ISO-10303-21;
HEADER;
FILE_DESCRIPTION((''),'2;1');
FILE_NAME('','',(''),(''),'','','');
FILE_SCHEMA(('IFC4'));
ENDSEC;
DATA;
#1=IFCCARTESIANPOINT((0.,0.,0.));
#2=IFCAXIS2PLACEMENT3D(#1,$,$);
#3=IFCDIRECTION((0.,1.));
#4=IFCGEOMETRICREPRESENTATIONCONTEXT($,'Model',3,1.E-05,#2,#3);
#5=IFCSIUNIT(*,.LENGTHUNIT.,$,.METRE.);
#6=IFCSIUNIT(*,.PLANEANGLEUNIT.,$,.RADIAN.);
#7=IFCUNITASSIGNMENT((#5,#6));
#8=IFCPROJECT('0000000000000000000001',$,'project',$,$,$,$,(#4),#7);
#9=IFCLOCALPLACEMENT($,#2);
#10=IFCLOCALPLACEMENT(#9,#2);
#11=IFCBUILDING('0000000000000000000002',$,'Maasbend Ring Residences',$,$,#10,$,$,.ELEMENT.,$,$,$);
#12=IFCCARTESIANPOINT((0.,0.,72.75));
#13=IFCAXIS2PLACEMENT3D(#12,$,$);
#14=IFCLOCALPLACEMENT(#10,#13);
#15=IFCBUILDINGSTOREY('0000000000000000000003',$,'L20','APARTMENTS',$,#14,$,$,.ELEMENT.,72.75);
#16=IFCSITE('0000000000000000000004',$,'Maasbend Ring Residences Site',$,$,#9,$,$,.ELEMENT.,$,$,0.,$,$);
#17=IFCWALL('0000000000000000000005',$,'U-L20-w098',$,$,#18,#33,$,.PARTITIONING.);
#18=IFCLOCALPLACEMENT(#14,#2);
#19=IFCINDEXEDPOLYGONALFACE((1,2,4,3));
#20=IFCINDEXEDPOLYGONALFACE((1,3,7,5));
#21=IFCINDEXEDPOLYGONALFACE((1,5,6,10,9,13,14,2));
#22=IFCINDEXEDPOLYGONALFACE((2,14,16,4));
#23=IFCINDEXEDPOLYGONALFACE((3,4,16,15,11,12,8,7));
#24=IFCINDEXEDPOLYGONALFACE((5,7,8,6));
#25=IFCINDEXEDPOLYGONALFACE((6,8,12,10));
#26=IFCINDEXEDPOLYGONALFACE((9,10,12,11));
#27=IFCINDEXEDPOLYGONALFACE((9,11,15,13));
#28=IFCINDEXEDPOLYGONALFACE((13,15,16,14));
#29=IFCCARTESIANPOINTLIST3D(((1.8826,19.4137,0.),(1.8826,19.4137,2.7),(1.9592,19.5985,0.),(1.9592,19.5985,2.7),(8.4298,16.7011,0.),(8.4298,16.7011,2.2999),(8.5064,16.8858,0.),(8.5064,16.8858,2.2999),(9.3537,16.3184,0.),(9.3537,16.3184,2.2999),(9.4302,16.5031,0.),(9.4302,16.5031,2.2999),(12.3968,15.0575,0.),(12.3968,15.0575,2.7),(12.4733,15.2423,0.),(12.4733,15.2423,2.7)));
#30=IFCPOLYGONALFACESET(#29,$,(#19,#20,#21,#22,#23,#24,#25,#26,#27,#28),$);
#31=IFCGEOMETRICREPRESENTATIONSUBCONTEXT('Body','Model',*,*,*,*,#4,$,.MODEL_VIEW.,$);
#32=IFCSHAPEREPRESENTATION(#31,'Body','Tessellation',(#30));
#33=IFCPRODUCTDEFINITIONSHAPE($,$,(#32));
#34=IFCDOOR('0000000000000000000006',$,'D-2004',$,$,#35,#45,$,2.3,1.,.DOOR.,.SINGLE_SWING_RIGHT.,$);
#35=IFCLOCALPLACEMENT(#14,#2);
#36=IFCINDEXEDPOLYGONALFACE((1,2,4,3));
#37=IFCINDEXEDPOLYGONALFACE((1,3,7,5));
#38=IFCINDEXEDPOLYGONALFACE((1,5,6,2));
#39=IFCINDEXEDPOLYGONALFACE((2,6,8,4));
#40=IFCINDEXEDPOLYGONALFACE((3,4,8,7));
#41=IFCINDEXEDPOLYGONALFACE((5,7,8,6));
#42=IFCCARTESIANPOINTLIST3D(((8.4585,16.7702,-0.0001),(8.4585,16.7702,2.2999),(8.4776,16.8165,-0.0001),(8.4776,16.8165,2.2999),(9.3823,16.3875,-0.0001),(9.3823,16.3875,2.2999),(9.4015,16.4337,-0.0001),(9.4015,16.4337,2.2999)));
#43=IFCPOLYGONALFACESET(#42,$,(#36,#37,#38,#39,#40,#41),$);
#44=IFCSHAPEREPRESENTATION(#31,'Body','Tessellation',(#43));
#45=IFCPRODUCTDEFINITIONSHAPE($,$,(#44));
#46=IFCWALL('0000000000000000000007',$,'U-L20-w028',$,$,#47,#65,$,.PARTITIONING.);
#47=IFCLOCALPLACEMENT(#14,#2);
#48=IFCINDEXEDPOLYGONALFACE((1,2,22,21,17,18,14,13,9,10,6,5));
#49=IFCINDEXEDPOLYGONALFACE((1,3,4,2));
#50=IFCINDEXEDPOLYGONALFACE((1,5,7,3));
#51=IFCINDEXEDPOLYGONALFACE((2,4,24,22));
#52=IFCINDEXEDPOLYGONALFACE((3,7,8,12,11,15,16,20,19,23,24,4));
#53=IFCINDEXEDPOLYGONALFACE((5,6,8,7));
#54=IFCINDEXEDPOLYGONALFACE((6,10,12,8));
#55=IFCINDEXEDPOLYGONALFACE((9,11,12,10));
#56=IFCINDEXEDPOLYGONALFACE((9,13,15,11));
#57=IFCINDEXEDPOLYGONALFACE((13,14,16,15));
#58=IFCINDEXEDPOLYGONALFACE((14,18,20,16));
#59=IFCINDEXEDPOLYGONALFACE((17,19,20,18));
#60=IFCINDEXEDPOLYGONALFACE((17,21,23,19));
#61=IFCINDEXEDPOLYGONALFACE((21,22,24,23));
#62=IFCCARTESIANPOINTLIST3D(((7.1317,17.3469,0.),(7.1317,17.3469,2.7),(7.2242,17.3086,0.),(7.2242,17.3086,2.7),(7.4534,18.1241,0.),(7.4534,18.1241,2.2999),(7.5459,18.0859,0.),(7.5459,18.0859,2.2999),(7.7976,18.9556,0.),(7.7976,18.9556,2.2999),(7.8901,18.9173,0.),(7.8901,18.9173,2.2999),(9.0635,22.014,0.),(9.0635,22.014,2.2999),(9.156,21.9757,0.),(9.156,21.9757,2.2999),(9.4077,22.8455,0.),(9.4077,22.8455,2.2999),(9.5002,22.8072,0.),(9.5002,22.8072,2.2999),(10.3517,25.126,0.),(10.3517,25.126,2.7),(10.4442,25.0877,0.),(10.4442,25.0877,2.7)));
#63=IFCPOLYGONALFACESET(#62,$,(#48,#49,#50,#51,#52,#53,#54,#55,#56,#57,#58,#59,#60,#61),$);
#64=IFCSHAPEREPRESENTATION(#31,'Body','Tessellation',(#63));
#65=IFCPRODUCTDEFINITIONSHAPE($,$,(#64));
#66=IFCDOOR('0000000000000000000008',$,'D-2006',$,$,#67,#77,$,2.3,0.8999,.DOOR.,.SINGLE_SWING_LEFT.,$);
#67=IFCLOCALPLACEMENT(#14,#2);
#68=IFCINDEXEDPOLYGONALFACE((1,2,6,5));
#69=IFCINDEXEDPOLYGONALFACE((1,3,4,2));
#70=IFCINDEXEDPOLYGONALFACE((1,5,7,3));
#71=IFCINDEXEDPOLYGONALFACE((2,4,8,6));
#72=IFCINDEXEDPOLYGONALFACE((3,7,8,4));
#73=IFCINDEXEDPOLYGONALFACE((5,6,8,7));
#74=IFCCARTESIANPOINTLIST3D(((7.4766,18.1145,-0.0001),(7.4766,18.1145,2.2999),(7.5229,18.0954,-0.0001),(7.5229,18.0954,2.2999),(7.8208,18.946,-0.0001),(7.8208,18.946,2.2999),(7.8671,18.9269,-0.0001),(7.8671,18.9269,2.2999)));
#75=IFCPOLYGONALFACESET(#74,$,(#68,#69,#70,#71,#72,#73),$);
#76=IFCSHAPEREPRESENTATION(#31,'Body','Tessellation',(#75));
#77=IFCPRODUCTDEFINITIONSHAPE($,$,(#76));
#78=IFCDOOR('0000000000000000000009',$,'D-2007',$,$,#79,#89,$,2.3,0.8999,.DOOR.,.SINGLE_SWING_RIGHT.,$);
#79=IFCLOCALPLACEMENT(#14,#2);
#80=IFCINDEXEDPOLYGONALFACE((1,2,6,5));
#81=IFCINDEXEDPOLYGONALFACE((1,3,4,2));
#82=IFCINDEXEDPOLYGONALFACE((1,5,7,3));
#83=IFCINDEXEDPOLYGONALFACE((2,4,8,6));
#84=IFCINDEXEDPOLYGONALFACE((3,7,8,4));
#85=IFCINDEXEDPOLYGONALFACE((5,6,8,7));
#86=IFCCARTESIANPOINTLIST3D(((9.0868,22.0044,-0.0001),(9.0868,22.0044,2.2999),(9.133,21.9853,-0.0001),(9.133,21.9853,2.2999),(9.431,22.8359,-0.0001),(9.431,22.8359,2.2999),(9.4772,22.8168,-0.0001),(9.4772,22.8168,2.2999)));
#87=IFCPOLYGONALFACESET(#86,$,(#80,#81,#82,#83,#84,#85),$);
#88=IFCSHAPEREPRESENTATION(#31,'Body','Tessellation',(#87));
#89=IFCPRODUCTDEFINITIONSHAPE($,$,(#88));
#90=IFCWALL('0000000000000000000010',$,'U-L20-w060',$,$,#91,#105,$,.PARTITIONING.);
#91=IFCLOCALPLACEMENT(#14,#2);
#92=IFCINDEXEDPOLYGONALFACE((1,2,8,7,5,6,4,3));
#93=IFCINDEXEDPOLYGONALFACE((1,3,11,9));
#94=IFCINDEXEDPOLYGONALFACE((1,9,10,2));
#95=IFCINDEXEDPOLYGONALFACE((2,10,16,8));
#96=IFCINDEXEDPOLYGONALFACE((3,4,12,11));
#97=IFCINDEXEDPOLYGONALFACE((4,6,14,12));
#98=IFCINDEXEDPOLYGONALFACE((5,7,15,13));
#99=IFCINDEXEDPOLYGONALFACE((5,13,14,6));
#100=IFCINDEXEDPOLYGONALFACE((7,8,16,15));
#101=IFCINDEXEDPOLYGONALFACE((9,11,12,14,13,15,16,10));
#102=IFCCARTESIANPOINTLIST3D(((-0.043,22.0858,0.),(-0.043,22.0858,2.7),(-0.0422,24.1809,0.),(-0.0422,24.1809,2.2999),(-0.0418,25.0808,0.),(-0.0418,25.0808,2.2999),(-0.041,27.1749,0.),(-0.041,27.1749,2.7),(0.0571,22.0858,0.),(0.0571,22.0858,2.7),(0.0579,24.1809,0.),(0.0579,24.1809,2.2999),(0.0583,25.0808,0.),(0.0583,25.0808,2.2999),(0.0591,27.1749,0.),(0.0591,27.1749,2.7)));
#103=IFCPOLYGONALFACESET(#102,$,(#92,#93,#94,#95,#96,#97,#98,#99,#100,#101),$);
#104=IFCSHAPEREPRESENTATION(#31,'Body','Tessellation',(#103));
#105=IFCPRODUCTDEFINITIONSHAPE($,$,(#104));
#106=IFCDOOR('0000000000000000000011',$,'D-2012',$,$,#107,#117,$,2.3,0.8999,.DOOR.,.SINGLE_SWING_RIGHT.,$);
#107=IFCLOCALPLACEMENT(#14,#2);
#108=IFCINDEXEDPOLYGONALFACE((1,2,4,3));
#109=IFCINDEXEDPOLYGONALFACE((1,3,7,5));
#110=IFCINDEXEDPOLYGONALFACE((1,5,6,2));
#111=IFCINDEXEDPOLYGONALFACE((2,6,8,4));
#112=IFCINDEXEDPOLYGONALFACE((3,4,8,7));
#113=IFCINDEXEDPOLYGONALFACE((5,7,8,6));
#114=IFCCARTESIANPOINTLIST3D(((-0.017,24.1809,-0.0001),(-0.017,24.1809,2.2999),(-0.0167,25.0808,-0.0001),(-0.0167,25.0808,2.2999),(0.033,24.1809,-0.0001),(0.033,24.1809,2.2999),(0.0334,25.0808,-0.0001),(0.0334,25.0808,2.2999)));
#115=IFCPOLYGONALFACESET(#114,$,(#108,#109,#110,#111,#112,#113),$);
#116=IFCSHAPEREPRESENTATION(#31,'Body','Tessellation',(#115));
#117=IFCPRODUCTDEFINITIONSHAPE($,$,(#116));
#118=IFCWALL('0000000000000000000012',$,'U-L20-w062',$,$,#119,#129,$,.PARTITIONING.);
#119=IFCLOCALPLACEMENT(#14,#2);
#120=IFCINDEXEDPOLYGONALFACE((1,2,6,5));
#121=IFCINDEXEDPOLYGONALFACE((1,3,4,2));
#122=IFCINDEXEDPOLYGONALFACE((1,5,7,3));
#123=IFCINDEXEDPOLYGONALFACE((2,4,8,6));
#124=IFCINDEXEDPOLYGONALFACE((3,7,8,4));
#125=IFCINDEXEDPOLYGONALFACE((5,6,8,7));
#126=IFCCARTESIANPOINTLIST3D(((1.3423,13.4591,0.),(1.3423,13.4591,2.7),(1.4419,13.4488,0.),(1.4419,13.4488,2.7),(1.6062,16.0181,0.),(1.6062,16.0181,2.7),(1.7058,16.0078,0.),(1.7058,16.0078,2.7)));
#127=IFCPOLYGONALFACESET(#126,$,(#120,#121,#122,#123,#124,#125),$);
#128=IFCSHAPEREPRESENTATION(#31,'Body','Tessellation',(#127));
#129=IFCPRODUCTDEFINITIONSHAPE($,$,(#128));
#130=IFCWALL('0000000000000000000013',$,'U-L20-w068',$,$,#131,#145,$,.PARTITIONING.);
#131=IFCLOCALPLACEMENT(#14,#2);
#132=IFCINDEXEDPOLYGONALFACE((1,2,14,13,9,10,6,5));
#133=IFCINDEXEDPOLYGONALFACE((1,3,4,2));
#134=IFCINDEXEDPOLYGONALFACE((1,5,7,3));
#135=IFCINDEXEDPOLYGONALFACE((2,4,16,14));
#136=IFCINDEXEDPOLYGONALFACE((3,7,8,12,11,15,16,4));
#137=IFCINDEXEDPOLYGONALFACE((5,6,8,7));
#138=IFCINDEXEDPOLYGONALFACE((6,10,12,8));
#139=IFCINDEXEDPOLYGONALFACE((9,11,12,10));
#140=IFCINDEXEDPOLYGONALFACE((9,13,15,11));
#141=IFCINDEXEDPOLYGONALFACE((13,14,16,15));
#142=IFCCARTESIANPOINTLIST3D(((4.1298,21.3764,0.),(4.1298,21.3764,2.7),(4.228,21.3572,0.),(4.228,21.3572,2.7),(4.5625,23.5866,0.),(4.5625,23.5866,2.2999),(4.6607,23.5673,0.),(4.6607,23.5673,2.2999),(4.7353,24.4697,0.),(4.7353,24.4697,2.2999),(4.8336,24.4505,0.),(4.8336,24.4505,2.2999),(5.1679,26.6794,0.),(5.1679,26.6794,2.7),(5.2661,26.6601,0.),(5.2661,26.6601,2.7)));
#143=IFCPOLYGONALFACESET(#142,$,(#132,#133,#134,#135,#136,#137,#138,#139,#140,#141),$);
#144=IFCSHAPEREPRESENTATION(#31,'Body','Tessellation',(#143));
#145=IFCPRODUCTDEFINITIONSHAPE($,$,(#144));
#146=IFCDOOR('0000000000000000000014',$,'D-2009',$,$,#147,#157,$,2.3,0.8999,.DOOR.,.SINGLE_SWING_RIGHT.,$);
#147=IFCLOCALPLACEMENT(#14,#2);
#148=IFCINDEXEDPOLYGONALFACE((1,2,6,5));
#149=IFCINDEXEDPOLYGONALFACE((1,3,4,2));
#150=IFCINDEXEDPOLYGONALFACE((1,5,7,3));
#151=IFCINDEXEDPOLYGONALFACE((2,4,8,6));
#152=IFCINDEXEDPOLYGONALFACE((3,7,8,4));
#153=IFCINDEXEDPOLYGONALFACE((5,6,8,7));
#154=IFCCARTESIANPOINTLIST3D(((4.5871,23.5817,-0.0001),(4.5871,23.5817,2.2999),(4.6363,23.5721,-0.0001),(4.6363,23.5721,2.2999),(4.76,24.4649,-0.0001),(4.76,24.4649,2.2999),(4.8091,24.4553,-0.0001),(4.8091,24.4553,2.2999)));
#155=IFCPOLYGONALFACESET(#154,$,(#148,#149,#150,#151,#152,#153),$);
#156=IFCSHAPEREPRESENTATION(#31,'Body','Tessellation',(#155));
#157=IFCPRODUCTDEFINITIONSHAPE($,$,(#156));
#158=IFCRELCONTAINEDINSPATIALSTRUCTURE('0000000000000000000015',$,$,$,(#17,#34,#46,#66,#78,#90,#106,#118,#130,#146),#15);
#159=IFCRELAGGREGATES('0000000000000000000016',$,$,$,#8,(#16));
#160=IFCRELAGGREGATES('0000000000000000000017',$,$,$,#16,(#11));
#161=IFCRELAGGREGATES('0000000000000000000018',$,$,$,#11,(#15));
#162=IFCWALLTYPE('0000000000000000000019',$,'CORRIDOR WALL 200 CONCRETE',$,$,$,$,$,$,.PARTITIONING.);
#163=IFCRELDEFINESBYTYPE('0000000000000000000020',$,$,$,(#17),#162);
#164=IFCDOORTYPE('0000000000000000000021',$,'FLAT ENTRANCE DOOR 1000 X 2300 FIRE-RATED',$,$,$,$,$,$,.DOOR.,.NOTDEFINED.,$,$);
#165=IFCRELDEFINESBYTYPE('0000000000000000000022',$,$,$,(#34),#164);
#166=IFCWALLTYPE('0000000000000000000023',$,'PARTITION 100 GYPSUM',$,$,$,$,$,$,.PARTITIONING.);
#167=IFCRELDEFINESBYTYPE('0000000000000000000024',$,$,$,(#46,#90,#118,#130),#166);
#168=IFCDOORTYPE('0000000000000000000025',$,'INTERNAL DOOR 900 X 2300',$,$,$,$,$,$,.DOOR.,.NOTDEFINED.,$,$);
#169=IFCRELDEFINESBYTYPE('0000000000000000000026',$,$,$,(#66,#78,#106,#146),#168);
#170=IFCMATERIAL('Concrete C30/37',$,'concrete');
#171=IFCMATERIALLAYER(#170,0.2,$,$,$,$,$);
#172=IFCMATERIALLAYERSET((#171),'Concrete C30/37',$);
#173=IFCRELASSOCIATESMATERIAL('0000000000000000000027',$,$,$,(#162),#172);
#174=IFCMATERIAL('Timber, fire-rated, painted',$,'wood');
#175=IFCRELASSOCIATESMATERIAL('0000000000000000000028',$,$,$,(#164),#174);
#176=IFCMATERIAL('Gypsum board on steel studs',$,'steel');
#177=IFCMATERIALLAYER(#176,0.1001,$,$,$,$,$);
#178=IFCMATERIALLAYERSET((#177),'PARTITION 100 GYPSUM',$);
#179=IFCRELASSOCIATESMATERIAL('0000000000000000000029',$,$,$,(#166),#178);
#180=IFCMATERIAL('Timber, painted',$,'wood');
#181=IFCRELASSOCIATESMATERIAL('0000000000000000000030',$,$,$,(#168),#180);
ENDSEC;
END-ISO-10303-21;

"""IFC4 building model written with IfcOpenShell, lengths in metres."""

from ifc_helpers import new_model, si_unit, direction, frame, frame_2d, origin, place, context, subcontext, project, spatial, rectangle, extrude, material, layer, layer_set, type_object, element, fill, save


model = new_model("IFC4")

# Units and contexts
model_context = context("Model", 3, precision=1e-05, world=origin(), true_north=direction((0.0, 1.0)))
body_context = subcontext(model_context, "Body", "Model", "MODEL_VIEW")
ifc_project = project(units=[si_unit("LENGTHUNIT", "METRE"), si_unit("PLANEANGLEUNIT", "RADIAN")], contexts=[model_context])

# Site, building, storey
site_placement = place(None, origin())
site = spatial("IfcSite", under=ifc_project, at=site_placement, Name="Maasbend Ring Residences Site", CompositionType="ELEMENT", RefElevation=0.0)
building_placement = place(site_placement, origin())
building = spatial("IfcBuilding", under=site, at=building_placement, Name="Maasbend Ring Residences", CompositionType="ELEMENT")
storey_placement = place(building_placement, frame((0.0, 0.0, 72.75)))
storey = spatial("IfcBuildingStorey", under=building, at=storey_placement, Name="L20", Description="APARTMENTS", CompositionType="ELEMENT", Elevation=72.75)

# Wall, opening, door
ifc_material_1 = material(Name="Concrete C30/37", Category="concrete")
ifc_layer_1 = layer(ifc_material_1, 0.2)
ifc_layer_set_1 = layer_set([ifc_layer_1], Name="Concrete C30/37")
wall_type_1 = type_object("IfcWallType", Name="CORRIDOR WALL 200 CONCRETE", PredefinedType="PARTITIONING", material=ifc_layer_set_1)
ifc_material_2 = material(Name="Timber, fire-rated, painted", Category="wood")
door_type_1 = type_object("IfcDoorType", Name="FLAT ENTRANCE DOOR 1000 X 2300 FIRE-RATED", OperationType="NOTDEFINED", PredefinedType="DOOR", material=ifc_material_2)
wall_1_placement = place(storey_placement, frame((1.9209, 19.5061, 0.0), z_axis=(0.0, 0.0, 1.0), x_axis=(0.923846, -0.382765, 0.0)))
wall_1 = element("IfcWall", 1, at=wall_1_placement, inside=storey, type_object=wall_type_1, Name="U-L20-w098", PredefinedType="PARTITIONING", context=body_context, shape_type="SweptSolid", body=[
    extrude(rectangle(XDim=11.3809, YDim=0.2, at=frame_2d((5.6904, 0.0))), origin(), (0.0, 0.0, 1.0), 2.7),
])
opening_1_placement = place(wall_1_placement, frame((7.0869, 0.0, 0.0)))
opening_1 = element("IfcOpeningElement", 2, at=opening_1_placement, cuts=wall_1, PredefinedType="OPENING", context=body_context, shape_type="SweptSolid", body=[
    extrude(rectangle(XDim=1.0, YDim=2.3, at=frame_2d((0.5, 1.1499))), frame((0.0, 0.1099, 0.0), z_axis=(0.0, -1.0, 0.0), x_axis=(1.0, 0.0, 0.0)), (0.0, 0.0, 1.0), 0.22),
])
door_1_placement = place(opening_1_placement, origin())
door_1 = element("IfcDoor", 3, at=door_1_placement, inside=storey, type_object=door_type_1, Name="D-2004", OperationType="SINGLE_SWING_RIGHT", OverallHeight=2.3, OverallWidth=1.0, PredefinedType="DOOR", context=body_context, shape_type="SweptSolid", body=[
    extrude(rectangle(XDim=1.0, YDim=2.3, at=frame_2d((0.5, 1.1499))), frame((0.0, 0.0249, 0.0), z_axis=(0.0, -1.0, 0.0), x_axis=(1.0, 0.0, 0.0)), (0.0, 0.0, 1.0), 0.05),
])
fill(opening_1, door_1)

# Wall, openings, doors
ifc_material_3 = material(Name="Gypsum board on steel studs", Category="steel")
ifc_layer_2 = layer(ifc_material_3, 0.1001)
ifc_layer_set_2 = layer_set([ifc_layer_2], Name="PARTITION 100 GYPSUM")
wall_type_2 = type_object("IfcWallType", Name="PARTITION 100 GYPSUM", PredefinedType="PARTITIONING", material=ifc_layer_set_2)
wall_2_placement = place(storey_placement, frame((7.178, 17.3279, 0.0), z_axis=(0.0, 0.0, 1.0), x_axis=(0.382459, 0.923973, 0.0)))
wall_2 = element("IfcWall", 4, at=wall_2_placement, inside=storey, type_object=wall_type_2, Name="U-L20-w028", PredefinedType="PARTITIONING", context=body_context, shape_type="SweptSolid", body=[
    extrude(rectangle(XDim=8.4192, YDim=0.1001, at=frame_2d((4.2095, 0.0))), origin(), (0.0, 0.0, 1.0), 2.7),
])
opening_2_placement = place(wall_2_placement, frame((0.8411, 0.0, 0.0)))
opening_2 = element("IfcOpeningElement", 5, at=opening_2_placement, cuts=wall_2, PredefinedType="OPENING", context=body_context, shape_type="SweptSolid", body=[
    extrude(rectangle(XDim=0.8999, YDim=2.3, at=frame_2d((0.45, 1.1499))), frame((0.0, 0.0601, 0.0), z_axis=(0.0, -1.0, 0.0), x_axis=(1.0, 0.0, 0.0)), (0.0, 0.0, 1.0), 0.1201),
])
opening_3_placement = place(wall_2_placement, frame((5.051, 0.0, 0.0)))
opening_3 = element("IfcOpeningElement", 6, at=opening_3_placement, cuts=wall_2, PredefinedType="OPENING", context=body_context, shape_type="SweptSolid", body=[
    extrude(rectangle(XDim=0.8999, YDim=2.3, at=frame_2d((0.45, 1.1499))), frame((0.0, 0.0601, 0.0), z_axis=(0.0, -1.0, 0.0), x_axis=(1.0, 0.0, 0.0)), (0.0, 0.0, 1.0), 0.1201),
])
ifc_material_4 = material(Name="Timber, painted", Category="wood")
door_type_2 = type_object("IfcDoorType", Name="INTERNAL DOOR 900 X 2300", OperationType="NOTDEFINED", PredefinedType="DOOR", material=ifc_material_4)
door_2_placement = place(opening_2_placement, origin())
door_2 = element("IfcDoor", 7, at=door_2_placement, inside=storey, type_object=door_type_2, Name="D-2006", OperationType="SINGLE_SWING_LEFT", OverallHeight=2.3, OverallWidth=0.8999, PredefinedType="DOOR", context=body_context, shape_type="SweptSolid", body=[
    extrude(rectangle(XDim=0.8999, YDim=2.3, at=frame_2d((0.45, 1.1499))), frame((0.0, 0.0249, 0.0), z_axis=(0.0, -1.0, 0.0), x_axis=(1.0, 0.0, 0.0)), (0.0, 0.0, 1.0), 0.05),
])
fill(opening_2, door_2)
door_3_placement = place(opening_3_placement, origin())
door_3 = element("IfcDoor", 8, at=door_3_placement, inside=storey, type_object=door_type_2, Name="D-2007", OperationType="SINGLE_SWING_RIGHT", OverallHeight=2.3, OverallWidth=0.8999, PredefinedType="DOOR", context=body_context, shape_type="SweptSolid", body=[
    extrude(rectangle(XDim=0.8999, YDim=2.3, at=frame_2d((0.45, 1.1499))), frame((0.0, 0.0249, 0.0), z_axis=(0.0, -1.0, 0.0), x_axis=(1.0, 0.0, 0.0)), (0.0, 0.0, 1.0), 0.05),
])
fill(opening_3, door_3)

# Wall, opening, door
wall_3_placement = place(storey_placement, frame((0.0071, 22.0859, 0.0), z_axis=(0.0, 0.0, 1.0), x_axis=(0.000384, 1.0, 0.0)))
wall_3 = element("IfcWall", 9, at=wall_3_placement, inside=storey, type_object=wall_type_2, Name="U-L20-w060", PredefinedType="PARTITIONING", context=body_context, shape_type="SweptSolid", body=[
    extrude(rectangle(XDim=5.0891, YDim=0.1001, at=frame_2d((2.5444, 0.0))), origin(), (0.0, 0.0, 1.0), 2.7),
])
opening_4_placement = place(wall_3_placement, frame((2.095, 0.0, 0.0)))
opening_4 = element("IfcOpeningElement", 10, at=opening_4_placement, cuts=wall_3, PredefinedType="OPENING", context=body_context, shape_type="SweptSolid", body=[
    extrude(rectangle(XDim=0.8999, YDim=2.3, at=frame_2d((0.45, 1.1499))), frame((0.0, 0.0601, 0.0), z_axis=(0.0, -1.0, 0.0), x_axis=(1.0, 0.0, 0.0)), (0.0, 0.0, 1.0), 0.1201),
])
door_4_placement = place(opening_4_placement, origin())
door_4 = element("IfcDoor", 11, at=door_4_placement, inside=storey, type_object=door_type_2, Name="D-2012", OperationType="SINGLE_SWING_RIGHT", OverallHeight=2.3, OverallWidth=0.8999, PredefinedType="DOOR", context=body_context, shape_type="SweptSolid", body=[
    extrude(rectangle(XDim=0.8999, YDim=2.3, at=frame_2d((0.45, 1.1499))), frame((0.0, 0.0249, 0.0), z_axis=(0.0, -1.0, 0.0), x_axis=(1.0, 0.0, 0.0)), (0.0, 0.0, 1.0), 0.05),
])
fill(opening_4, door_4)

# Wall
wall_4_placement = place(storey_placement, frame((1.3921, 13.4541, 0.0), z_axis=(0.0, 0.0, 1.0), x_axis=(0.102595, 0.994723, 0.0)))
element("IfcWall", 12, at=wall_4_placement, inside=storey, type_object=wall_type_2, Name="U-L20-w062", PredefinedType="PARTITIONING", context=body_context, shape_type="SweptSolid", body=[
    extrude(rectangle(XDim=2.5725, YDim=0.1001, at=frame_2d((1.2861, 0.0))), origin(), (0.0, 0.0, 1.0), 2.7),
])

# Wall, opening, door
wall_5_placement = place(storey_placement, frame((4.179, 21.3669, 0.0), z_axis=(0.0, 0.0, 1.0), x_axis=(0.192109, 0.981374, 0.0)))
wall_5 = element("IfcWall", 13, at=wall_5_placement, inside=storey, type_object=wall_type_2, Name="U-L20-w068", PredefinedType="PARTITIONING", context=body_context, shape_type="SweptSolid", body=[
    extrude(rectangle(XDim=5.4036, YDim=0.1001, at=frame_2d((2.7017, 0.0))), origin(), (0.0, 0.0, 1.0), 2.7),
])
opening_5_placement = place(wall_5_placement, frame((2.252, 0.0, 0.0)))
opening_5 = element("IfcOpeningElement", 14, at=opening_5_placement, cuts=wall_5, PredefinedType="OPENING", context=body_context, shape_type="SweptSolid", body=[
    extrude(rectangle(XDim=0.8999, YDim=2.3, at=frame_2d((0.45, 1.1499))), frame((0.0, 0.0601, 0.0), z_axis=(0.0, -1.0, 0.0), x_axis=(1.0, 0.0, 0.0)), (0.0, 0.0, 1.0), 0.1201),
])
door_5_placement = place(opening_5_placement, origin())
door_5 = element("IfcDoor", 15, at=door_5_placement, inside=storey, type_object=door_type_2, Name="D-2009", OperationType="SINGLE_SWING_RIGHT", OverallHeight=2.3, OverallWidth=0.8999, PredefinedType="DOOR", context=body_context, shape_type="SweptSolid", body=[
    extrude(rectangle(XDim=0.8999, YDim=2.3, at=frame_2d((0.45, 1.1499))), frame((0.0, 0.0249, 0.0), z_axis=(0.0, -1.0, 0.0), x_axis=(1.0, 0.0, 0.0)), (0.0, 0.0, 1.0), 0.05),
])
fill(opening_5, door_5)

save(model, "model.ifc")
